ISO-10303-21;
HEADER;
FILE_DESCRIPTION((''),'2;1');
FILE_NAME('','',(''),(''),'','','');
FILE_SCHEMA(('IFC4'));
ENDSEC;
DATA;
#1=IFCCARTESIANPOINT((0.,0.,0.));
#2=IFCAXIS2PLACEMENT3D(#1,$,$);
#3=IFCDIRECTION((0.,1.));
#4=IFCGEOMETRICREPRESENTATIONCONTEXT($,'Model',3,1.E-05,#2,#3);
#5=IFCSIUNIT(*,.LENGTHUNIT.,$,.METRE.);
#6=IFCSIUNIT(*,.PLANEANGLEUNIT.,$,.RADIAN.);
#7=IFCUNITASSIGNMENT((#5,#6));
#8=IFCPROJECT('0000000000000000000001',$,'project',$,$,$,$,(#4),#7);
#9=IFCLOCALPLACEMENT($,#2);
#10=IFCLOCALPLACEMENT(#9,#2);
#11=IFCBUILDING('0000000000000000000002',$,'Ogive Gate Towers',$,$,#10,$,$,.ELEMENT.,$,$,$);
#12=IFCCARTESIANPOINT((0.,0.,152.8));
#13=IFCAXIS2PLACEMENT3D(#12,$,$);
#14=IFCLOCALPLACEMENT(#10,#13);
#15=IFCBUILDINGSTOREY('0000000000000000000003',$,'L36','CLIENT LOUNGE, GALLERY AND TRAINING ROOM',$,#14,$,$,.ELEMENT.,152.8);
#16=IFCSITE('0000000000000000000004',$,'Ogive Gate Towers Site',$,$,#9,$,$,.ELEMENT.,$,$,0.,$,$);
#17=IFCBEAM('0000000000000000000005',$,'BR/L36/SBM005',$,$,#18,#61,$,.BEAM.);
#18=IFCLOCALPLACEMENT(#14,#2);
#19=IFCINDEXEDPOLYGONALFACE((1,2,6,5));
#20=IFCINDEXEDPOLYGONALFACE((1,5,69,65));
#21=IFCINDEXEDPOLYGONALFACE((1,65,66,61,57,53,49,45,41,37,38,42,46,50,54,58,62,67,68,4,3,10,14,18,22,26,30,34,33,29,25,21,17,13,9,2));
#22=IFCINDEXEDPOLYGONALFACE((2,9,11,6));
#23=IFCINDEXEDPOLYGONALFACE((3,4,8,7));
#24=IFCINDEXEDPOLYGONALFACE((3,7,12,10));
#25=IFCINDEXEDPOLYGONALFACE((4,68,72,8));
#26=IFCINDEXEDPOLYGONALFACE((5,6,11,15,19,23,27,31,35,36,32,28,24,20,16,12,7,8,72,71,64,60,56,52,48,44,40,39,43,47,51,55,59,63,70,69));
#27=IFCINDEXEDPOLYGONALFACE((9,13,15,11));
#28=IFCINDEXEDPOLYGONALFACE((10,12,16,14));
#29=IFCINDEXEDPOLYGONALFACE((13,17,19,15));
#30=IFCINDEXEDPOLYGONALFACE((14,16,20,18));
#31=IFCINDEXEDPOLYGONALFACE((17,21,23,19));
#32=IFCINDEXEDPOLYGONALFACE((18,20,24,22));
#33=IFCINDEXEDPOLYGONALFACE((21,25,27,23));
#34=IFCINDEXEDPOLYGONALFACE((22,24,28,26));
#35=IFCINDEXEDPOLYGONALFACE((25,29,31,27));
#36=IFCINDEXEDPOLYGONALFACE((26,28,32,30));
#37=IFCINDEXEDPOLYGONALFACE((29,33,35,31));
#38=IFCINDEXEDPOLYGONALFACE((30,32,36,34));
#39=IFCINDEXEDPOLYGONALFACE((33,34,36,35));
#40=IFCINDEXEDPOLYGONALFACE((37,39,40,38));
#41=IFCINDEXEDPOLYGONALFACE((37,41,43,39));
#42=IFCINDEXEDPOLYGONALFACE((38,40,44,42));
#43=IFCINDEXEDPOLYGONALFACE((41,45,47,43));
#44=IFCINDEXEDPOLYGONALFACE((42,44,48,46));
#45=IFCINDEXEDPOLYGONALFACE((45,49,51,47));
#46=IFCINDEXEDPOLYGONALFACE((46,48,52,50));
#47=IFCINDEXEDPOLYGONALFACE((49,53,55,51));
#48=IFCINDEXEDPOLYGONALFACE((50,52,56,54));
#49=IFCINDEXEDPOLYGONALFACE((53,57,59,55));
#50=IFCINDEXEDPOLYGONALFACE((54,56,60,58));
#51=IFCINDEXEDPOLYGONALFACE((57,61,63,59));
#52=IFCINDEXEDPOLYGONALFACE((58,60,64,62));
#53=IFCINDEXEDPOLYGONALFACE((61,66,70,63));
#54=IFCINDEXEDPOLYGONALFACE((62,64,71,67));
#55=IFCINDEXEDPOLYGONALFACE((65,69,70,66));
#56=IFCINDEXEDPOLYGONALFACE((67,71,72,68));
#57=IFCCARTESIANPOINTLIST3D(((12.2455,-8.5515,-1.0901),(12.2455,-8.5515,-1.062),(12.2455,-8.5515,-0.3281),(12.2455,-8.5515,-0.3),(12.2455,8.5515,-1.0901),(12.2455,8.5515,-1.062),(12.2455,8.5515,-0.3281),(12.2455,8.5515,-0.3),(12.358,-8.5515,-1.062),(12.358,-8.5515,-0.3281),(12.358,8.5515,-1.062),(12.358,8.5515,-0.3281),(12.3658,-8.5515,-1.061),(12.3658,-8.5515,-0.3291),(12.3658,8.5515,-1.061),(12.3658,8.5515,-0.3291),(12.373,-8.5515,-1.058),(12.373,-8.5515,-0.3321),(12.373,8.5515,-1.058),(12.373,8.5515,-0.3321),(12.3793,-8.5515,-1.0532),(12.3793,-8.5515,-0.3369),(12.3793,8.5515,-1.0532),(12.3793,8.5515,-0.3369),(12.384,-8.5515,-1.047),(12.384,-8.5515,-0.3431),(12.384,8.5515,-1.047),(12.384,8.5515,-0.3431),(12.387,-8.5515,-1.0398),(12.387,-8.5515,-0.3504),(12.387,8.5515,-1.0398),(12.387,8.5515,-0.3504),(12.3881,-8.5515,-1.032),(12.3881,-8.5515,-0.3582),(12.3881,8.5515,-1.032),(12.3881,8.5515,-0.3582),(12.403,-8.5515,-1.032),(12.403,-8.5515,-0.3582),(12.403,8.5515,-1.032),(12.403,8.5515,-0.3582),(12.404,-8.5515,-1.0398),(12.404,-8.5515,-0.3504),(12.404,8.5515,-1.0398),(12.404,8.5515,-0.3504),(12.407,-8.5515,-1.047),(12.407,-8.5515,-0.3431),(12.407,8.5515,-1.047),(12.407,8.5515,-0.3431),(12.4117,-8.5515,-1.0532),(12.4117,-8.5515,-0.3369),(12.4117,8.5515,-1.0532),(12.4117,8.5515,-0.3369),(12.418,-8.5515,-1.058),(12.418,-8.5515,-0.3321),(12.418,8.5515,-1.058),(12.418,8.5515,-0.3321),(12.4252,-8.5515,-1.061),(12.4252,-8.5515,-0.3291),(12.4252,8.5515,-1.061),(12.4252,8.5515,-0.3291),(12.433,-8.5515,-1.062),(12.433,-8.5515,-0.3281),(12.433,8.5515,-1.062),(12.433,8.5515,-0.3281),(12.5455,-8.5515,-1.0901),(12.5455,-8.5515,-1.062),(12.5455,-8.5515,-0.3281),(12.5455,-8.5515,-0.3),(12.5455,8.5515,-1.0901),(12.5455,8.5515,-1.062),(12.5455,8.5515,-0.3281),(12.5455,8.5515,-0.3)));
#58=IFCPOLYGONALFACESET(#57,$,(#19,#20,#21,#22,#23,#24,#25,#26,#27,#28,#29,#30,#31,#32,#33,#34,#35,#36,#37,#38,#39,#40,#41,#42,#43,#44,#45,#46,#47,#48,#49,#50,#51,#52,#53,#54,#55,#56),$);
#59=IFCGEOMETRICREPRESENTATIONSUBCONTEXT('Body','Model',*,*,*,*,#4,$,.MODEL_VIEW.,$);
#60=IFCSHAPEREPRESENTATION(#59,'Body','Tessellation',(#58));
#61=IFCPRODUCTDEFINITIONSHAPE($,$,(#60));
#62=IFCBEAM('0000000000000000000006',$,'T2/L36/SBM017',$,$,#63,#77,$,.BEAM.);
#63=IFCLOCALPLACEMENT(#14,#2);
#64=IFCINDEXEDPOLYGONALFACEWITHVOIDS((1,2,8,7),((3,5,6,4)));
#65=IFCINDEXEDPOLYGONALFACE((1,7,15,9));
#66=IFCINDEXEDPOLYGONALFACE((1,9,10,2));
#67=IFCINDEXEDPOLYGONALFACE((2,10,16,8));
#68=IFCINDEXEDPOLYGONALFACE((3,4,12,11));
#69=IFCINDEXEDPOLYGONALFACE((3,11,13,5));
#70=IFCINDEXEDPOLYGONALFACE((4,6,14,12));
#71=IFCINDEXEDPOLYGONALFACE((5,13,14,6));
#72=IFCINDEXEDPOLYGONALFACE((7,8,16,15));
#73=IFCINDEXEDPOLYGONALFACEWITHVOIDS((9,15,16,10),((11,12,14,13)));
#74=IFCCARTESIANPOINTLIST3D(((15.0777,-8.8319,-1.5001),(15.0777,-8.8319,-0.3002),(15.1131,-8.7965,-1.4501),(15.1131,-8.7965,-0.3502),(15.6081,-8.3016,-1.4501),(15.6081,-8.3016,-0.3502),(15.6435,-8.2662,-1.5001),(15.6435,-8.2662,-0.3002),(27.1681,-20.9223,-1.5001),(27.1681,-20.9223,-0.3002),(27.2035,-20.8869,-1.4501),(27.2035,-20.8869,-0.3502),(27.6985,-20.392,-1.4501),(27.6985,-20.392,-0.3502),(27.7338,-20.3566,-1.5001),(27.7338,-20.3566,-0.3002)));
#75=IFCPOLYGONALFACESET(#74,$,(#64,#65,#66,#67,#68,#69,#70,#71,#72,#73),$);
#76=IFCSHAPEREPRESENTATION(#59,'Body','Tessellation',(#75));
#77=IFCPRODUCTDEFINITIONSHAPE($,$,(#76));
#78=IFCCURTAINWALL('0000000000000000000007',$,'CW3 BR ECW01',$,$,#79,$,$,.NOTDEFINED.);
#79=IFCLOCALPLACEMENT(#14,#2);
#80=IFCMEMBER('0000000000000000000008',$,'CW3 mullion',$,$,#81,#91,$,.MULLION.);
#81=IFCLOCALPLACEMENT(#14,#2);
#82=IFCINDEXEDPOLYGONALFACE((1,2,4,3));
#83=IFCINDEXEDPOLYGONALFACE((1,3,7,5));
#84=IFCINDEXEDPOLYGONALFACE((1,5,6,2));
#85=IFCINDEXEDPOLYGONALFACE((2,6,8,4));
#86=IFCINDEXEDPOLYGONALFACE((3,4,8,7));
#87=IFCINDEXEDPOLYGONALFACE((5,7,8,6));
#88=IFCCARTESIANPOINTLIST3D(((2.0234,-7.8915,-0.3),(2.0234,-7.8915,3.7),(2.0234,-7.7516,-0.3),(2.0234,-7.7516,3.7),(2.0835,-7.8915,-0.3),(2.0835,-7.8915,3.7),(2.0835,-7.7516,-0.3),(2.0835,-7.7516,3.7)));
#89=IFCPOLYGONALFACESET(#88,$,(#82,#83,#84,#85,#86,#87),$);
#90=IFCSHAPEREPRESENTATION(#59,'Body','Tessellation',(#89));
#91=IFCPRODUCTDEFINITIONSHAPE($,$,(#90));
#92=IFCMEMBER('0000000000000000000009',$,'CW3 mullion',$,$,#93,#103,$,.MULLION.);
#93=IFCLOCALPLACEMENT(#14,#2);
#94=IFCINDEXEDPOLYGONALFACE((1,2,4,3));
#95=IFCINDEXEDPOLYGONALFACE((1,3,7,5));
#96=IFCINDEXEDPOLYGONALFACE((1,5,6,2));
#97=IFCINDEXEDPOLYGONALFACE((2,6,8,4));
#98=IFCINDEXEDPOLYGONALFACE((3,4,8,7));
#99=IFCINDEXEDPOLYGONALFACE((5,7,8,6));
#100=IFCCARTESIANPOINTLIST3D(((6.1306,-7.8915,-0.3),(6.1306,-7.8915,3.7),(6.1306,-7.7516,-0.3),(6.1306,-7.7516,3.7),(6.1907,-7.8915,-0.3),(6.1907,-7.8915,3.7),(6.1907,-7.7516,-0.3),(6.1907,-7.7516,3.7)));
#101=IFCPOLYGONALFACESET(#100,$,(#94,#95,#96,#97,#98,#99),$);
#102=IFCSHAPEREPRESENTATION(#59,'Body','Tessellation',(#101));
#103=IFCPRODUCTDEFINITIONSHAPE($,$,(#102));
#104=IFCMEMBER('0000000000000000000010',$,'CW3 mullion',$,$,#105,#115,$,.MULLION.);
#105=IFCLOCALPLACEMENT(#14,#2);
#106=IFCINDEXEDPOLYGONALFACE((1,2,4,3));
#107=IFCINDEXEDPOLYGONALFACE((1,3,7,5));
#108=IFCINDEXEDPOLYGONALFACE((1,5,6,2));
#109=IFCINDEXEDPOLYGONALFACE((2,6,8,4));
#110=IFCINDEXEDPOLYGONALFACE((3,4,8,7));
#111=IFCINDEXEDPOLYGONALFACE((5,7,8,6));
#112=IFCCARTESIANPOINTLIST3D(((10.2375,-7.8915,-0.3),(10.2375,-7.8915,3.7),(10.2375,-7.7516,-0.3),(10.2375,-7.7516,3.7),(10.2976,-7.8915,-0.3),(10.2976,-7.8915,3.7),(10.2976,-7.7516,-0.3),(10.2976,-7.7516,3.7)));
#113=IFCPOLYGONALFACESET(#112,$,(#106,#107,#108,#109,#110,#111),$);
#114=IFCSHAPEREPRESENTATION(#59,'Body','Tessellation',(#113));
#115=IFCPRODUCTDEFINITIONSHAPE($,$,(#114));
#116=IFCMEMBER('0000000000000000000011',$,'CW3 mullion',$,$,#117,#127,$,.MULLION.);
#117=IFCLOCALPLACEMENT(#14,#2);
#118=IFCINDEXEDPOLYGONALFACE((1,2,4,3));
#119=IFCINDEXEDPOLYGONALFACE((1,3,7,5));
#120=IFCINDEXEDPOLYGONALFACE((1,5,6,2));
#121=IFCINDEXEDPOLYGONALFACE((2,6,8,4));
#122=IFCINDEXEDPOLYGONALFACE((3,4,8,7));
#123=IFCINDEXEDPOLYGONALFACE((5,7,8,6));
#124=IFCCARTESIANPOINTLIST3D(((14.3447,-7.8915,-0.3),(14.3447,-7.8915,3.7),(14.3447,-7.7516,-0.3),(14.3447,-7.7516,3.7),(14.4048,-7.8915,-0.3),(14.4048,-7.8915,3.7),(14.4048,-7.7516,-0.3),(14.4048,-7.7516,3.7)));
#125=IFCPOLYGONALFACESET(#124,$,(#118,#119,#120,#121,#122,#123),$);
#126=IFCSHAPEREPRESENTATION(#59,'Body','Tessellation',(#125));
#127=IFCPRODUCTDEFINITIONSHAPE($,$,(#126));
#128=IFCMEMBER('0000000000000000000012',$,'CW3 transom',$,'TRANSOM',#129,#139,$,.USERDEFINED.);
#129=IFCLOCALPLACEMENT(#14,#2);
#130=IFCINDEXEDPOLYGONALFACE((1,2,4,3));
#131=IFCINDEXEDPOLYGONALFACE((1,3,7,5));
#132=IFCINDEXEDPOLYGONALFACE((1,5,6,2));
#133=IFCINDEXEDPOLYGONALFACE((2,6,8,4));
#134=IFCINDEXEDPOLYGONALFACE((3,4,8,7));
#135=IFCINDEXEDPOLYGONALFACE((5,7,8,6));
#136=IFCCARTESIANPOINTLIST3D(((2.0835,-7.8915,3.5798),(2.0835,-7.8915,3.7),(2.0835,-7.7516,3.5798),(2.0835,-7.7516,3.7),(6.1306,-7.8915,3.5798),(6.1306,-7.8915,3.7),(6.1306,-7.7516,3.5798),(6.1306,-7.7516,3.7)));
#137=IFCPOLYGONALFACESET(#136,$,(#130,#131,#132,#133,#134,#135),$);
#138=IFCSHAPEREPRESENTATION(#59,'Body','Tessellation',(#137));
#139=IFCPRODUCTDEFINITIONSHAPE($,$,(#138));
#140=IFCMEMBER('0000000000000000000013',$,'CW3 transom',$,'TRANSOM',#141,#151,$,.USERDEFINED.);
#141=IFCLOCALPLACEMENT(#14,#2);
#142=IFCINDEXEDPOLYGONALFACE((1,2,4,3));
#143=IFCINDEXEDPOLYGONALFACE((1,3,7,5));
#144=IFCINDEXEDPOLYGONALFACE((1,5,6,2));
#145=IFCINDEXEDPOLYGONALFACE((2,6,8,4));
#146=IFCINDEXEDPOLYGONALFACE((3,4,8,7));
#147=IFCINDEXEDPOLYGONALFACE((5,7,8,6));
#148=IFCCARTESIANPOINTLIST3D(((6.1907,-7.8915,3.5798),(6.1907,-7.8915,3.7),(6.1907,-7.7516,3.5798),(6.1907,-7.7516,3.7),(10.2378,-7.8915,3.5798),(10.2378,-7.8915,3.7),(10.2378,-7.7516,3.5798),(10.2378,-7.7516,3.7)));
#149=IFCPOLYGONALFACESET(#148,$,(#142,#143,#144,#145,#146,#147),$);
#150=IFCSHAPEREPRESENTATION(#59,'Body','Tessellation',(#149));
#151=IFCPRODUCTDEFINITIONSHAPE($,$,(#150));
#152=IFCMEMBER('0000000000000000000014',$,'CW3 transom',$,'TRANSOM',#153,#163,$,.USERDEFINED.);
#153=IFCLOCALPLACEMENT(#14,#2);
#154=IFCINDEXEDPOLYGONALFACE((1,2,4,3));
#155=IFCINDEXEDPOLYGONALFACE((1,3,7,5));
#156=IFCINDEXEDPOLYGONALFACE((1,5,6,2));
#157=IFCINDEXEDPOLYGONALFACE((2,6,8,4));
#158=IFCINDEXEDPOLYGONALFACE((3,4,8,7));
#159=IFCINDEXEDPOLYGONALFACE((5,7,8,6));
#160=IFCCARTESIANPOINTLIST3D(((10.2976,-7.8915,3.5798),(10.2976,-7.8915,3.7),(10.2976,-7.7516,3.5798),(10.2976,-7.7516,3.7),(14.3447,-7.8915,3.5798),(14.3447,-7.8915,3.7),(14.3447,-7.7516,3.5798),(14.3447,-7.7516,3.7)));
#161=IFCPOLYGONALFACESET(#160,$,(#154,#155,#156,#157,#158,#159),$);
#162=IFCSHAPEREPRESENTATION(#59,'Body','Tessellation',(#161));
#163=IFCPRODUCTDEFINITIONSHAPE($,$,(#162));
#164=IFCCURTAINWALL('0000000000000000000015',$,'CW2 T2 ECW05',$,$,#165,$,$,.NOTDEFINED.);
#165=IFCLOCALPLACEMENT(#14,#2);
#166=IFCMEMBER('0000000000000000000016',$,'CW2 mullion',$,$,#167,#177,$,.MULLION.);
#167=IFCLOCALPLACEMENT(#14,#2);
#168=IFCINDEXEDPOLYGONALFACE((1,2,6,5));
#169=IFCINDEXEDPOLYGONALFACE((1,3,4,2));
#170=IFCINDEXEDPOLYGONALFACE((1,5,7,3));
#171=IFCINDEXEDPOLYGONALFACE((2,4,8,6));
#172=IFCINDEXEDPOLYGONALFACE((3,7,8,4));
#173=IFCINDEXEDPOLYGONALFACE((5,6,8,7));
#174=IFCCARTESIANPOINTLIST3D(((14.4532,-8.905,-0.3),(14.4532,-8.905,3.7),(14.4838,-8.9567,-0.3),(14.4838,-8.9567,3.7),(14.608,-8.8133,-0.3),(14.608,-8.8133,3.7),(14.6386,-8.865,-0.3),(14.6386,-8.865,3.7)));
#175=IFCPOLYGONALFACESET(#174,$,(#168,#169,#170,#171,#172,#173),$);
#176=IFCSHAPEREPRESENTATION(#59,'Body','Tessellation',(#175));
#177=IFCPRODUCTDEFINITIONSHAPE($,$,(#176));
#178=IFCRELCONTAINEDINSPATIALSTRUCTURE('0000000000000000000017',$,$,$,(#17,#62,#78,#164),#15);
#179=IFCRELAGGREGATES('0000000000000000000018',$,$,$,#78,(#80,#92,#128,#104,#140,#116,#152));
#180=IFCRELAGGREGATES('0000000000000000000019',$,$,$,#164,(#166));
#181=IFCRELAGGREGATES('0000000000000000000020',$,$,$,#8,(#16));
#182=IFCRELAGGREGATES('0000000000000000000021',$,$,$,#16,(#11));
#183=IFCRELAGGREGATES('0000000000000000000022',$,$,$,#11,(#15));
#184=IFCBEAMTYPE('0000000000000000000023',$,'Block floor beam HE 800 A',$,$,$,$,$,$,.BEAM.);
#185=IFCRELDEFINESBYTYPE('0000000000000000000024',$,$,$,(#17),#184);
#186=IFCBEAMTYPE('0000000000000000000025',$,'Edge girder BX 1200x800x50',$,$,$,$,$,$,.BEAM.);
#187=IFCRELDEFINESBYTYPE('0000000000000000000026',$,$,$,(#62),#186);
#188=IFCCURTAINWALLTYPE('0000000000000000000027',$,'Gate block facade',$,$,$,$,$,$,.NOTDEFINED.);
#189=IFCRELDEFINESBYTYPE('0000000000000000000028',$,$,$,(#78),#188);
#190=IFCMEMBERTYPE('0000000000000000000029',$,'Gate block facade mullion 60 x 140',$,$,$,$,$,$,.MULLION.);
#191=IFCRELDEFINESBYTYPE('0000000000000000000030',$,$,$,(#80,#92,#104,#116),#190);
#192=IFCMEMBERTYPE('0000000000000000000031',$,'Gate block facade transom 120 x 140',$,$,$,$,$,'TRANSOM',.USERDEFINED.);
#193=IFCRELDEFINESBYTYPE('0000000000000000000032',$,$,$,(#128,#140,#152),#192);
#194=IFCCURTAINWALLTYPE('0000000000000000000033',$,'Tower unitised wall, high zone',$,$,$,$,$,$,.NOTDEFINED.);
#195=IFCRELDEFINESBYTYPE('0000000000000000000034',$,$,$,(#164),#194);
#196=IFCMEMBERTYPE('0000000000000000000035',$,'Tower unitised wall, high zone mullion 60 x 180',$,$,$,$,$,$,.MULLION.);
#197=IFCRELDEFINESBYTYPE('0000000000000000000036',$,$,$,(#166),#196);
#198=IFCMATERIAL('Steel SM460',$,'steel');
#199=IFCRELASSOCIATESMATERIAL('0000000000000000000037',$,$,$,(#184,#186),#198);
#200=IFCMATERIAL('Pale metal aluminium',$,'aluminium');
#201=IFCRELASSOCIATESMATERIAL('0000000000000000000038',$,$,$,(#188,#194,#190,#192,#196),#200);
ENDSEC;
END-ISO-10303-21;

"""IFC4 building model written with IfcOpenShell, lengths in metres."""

from ifc_helpers import new_model, si_unit, direction, frame, origin, origin_2d, place, context, subcontext, project, spatial, rectangle, hollow_rectangle, i_section, extrude, material, material_profile, profile_set, type_object, element, aggregate, save


model = new_model("IFC4")

# Units and contexts
model_context = context("Model", 3, precision=1e-05, world=origin(), true_north=direction((0.0, 1.0)))
body_context = subcontext(model_context, "Body", "Model", "MODEL_VIEW")
ifc_project = project(units=[si_unit("LENGTHUNIT", "METRE"), si_unit("PLANEANGLEUNIT", "RADIAN")], contexts=[model_context])

# Site, building, storey
site_placement = place(None, origin())
site = spatial("IfcSite", under=ifc_project, at=site_placement, Name="Ogive Gate Towers Site", CompositionType="ELEMENT", RefElevation=0.0)
building_placement = place(site_placement, origin())
building = spatial("IfcBuilding", under=site, at=building_placement, Name="Ogive Gate Towers", CompositionType="ELEMENT")
storey_placement = place(building_placement, frame((0.0, 0.0, 152.8)))
storey = spatial("IfcBuildingStorey", under=building, at=storey_placement, Name="L36", Description="CLIENT LOUNGE, GALLERY AND TRAINING ROOM", CompositionType="ELEMENT", Elevation=152.8)

# Shared definitions
ifc_material_1 = material(Name="Steel SM460", Category="steel")

# Beams
ifc_material_profile_1 = material_profile(ifc_material_1, i_section(OverallWidth=0.3, OverallDepth=0.79, WebThickness=0.0149, FlangeThickness=0.0281, FilletRadius=0.03, at=origin_2d()), Name="HE 800 A")
ifc_profile_set_1 = profile_set([ifc_material_profile_1], Name="Steel SM460")
beam_type_1 = type_object("IfcBeamType", Name="Block floor beam HE 800 A", PredefinedType="BEAM", material=ifc_profile_set_1)
for number, where, z_axis, x_axis, name in (
    (1, (12.3955, -8.5515, -0.6951), (0.0, 1.0, 0.0), (-1.0, 0.0, 0.0), "BR/L36/SBM005"),
):
    element("IfcBeam", number, at=place(storey_placement, frame(where, z_axis=z_axis, x_axis=x_axis)), inside=storey, type_object=beam_type_1, Name=name, PredefinedType="BEAM", context=body_context, shape_type="SweptSolid", body=[
        extrude(i_section(OverallWidth=0.3, OverallDepth=0.79, WebThickness=0.0149, FlangeThickness=0.0281, FilletRadius=0.03, at=origin_2d()), origin(), (0.0, 0.0, 1.0), 17.103),
    ])
ifc_material_profile_2 = material_profile(ifc_material_1, hollow_rectangle(XDim=0.8, YDim=1.2, WallThickness=0.05, at=origin_2d()), Name="BX 1200x800x50")
ifc_profile_set_2 = profile_set([ifc_material_profile_2], Name="Steel SM460")
beam_type_2 = type_object("IfcBeamType", Name="Edge girder BX 1200x800x50", PredefinedType="BEAM", material=ifc_profile_set_2)
beam_placement = place(storey_placement, frame((15.3606, -8.5491, -0.9001), z_axis=(0.707107, -0.707107, 0.0), x_axis=(0.707107, 0.707107, 0.0)))
element("IfcBeam", 2, at=beam_placement, inside=storey, type_object=beam_type_2, Name="T2/L36/SBM017", PredefinedType="BEAM", context=body_context, shape_type="SweptSolid", body=[
    extrude(hollow_rectangle(XDim=0.8, YDim=1.2, WallThickness=0.05, at=origin_2d()), origin(), (0.0, 0.0, 1.0), 17.0984),
])

# Curtain walls, members
ifc_material_2 = material(Name="Pale metal aluminium", Category="aluminium")
curtain_wall_type_1 = type_object("IfcCurtainWallType", Name="Gate block facade", PredefinedType="NOTDEFINED", material=ifc_material_2)
curtain_wall_1_placement = place(storey_placement, origin())
curtain_wall_1 = element("IfcCurtainWall", 3, at=curtain_wall_1_placement, inside=storey, type_object=curtain_wall_type_1, Name="CW3 BR ECW01", PredefinedType="NOTDEFINED")
ifc_material_profile_3 = material_profile(ifc_material_2, rectangle(XDim=0.1399, YDim=0.0601, at=origin_2d()), Name="60 x 140 aluminium box")
ifc_profile_set_3 = profile_set([ifc_material_profile_3], Name="Pale metal aluminium")
member_type_1 = type_object("IfcMemberType", Name="Gate block facade mullion 60 x 140", PredefinedType="MULLION", material=ifc_profile_set_3)
member_1_placement = place(storey_placement, frame((2.0535, -7.8215, -0.3), z_axis=(0.0, 0.0, 1.0), x_axis=(0.0, -1.0, 0.0)))
member_1 = element("IfcMember", 4, at=member_1_placement, type_object=member_type_1, Name="CW3 mullion", PredefinedType="MULLION", context=body_context, shape_type="SweptSolid", body=[
    extrude(rectangle(XDim=0.1399, YDim=0.0601, at=origin_2d()), origin(), (0.0, 0.0, 1.0), 4.0),
])
member_2_placement = place(storey_placement, frame((6.1606, -7.8215, -0.3), z_axis=(0.0, 0.0, 1.0), x_axis=(0.0, -1.0, 0.0)))
member_2 = element("IfcMember", 5, at=member_2_placement, type_object=member_type_1, Name="CW3 mullion", PredefinedType="MULLION", context=body_context, shape_type="SweptSolid", body=[
    extrude(rectangle(XDim=0.1399, YDim=0.0601, at=origin_2d()), origin(), (0.0, 0.0, 1.0), 4.0),
])
member_3_placement = place(storey_placement, frame((10.2676, -7.8215, -0.3), z_axis=(0.0, 0.0, 1.0), x_axis=(0.0, -1.0, 0.0)))
member_3 = element("IfcMember", 6, at=member_3_placement, type_object=member_type_1, Name="CW3 mullion", PredefinedType="MULLION", context=body_context, shape_type="SweptSolid", body=[
    extrude(rectangle(XDim=0.1399, YDim=0.0601, at=origin_2d()), origin(), (0.0, 0.0, 1.0), 4.0),
])
member_4_placement = place(storey_placement, frame((14.3748, -7.8215, -0.3), z_axis=(0.0, 0.0, 1.0), x_axis=(0.0, -1.0, 0.0)))
member_4 = element("IfcMember", 7, at=member_4_placement, type_object=member_type_1, Name="CW3 mullion", PredefinedType="MULLION", context=body_context, shape_type="SweptSolid", body=[
    extrude(rectangle(XDim=0.1399, YDim=0.0601, at=origin_2d()), origin(), (0.0, 0.0, 1.0), 4.0),
])
ifc_material_profile_4 = material_profile(ifc_material_2, rectangle(XDim=0.1399, YDim=0.1201, at=origin_2d()), Name="120 x 140 aluminium box")
ifc_profile_set_4 = profile_set([ifc_material_profile_4], Name="Pale metal aluminium")
member_type_2 = type_object("IfcMemberType", Name="Gate block facade transom 120 x 140", ElementType="TRANSOM", PredefinedType="USERDEFINED", material=ifc_profile_set_4)
member_5_placement = place(storey_placement, frame((2.0835, -7.8215, 3.6399), z_axis=(1.0, 0.0, 0.0), x_axis=(0.0, 1.0, 0.0)))
member_5 = element("IfcMember", 8, at=member_5_placement, type_object=member_type_2, Name="CW3 transom", ObjectType="TRANSOM", PredefinedType="USERDEFINED", context=body_context, shape_type="SweptSolid", body=[
    extrude(rectangle(XDim=0.1399, YDim=0.1201, at=origin_2d()), origin(), (0.0, 0.0, 1.0), 4.0471),
])
member_6_placement = place(storey_placement, frame((6.1907, -7.8215, 3.6399), z_axis=(1.0, 0.0, 0.0), x_axis=(0.0, 1.0, 0.0)))
member_6 = element("IfcMember", 9, at=member_6_placement, type_object=member_type_2, Name="CW3 transom", ObjectType="TRANSOM", PredefinedType="USERDEFINED", context=body_context, shape_type="SweptSolid", body=[
    extrude(rectangle(XDim=0.1399, YDim=0.1201, at=origin_2d()), origin(), (0.0, 0.0, 1.0), 4.0471),
])
member_7_placement = place(storey_placement, frame((10.2976, -7.8215, 3.6399), z_axis=(1.0, 0.0, 0.0), x_axis=(0.0, 1.0, 0.0)))
member_7 = element("IfcMember", 10, at=member_7_placement, type_object=member_type_2, Name="CW3 transom", ObjectType="TRANSOM", PredefinedType="USERDEFINED", context=body_context, shape_type="SweptSolid", body=[
    extrude(rectangle(XDim=0.1399, YDim=0.1201, at=origin_2d()), origin(), (0.0, 0.0, 1.0), 4.0471),
])
curtain_wall_type_2 = type_object("IfcCurtainWallType", Name="Tower unitised wall, high zone", PredefinedType="NOTDEFINED", material=ifc_material_2)
curtain_wall_2_placement = place(storey_placement, origin())
curtain_wall_2 = element("IfcCurtainWall", 11, at=curtain_wall_2_placement, inside=storey, type_object=curtain_wall_type_2, Name="CW2 T2 ECW05", PredefinedType="NOTDEFINED")
ifc_material_profile_5 = material_profile(ifc_material_2, rectangle(XDim=0.1799, YDim=0.0601, at=origin_2d()), Name="60 x 180 aluminium box")
ifc_profile_set_5 = profile_set([ifc_material_profile_5], Name="Pale metal aluminium")
member_type_3 = type_object("IfcMemberType", Name="Tower unitised wall, high zone mullion 60 x 180", PredefinedType="MULLION", material=ifc_profile_set_5)
member_8_placement = place(storey_placement, frame((14.5459, -8.885, -0.3), z_axis=(0.0, 0.0, 1.0), x_axis=(-0.860306, -0.509777, 0.0)))
member_8 = element("IfcMember", 12, at=member_8_placement, type_object=member_type_3, Name="CW2 mullion", PredefinedType="MULLION", context=body_context, shape_type="SweptSolid", body=[
    extrude(rectangle(XDim=0.1799, YDim=0.0601, at=origin_2d()), origin(), (0.0, 0.0, 1.0), 4.0),
])

aggregate(curtain_wall_1, [member_1, member_2, member_5, member_3, member_6, member_4, member_7])

aggregate(curtain_wall_2, [member_8])

save(model, "model.ifc")
